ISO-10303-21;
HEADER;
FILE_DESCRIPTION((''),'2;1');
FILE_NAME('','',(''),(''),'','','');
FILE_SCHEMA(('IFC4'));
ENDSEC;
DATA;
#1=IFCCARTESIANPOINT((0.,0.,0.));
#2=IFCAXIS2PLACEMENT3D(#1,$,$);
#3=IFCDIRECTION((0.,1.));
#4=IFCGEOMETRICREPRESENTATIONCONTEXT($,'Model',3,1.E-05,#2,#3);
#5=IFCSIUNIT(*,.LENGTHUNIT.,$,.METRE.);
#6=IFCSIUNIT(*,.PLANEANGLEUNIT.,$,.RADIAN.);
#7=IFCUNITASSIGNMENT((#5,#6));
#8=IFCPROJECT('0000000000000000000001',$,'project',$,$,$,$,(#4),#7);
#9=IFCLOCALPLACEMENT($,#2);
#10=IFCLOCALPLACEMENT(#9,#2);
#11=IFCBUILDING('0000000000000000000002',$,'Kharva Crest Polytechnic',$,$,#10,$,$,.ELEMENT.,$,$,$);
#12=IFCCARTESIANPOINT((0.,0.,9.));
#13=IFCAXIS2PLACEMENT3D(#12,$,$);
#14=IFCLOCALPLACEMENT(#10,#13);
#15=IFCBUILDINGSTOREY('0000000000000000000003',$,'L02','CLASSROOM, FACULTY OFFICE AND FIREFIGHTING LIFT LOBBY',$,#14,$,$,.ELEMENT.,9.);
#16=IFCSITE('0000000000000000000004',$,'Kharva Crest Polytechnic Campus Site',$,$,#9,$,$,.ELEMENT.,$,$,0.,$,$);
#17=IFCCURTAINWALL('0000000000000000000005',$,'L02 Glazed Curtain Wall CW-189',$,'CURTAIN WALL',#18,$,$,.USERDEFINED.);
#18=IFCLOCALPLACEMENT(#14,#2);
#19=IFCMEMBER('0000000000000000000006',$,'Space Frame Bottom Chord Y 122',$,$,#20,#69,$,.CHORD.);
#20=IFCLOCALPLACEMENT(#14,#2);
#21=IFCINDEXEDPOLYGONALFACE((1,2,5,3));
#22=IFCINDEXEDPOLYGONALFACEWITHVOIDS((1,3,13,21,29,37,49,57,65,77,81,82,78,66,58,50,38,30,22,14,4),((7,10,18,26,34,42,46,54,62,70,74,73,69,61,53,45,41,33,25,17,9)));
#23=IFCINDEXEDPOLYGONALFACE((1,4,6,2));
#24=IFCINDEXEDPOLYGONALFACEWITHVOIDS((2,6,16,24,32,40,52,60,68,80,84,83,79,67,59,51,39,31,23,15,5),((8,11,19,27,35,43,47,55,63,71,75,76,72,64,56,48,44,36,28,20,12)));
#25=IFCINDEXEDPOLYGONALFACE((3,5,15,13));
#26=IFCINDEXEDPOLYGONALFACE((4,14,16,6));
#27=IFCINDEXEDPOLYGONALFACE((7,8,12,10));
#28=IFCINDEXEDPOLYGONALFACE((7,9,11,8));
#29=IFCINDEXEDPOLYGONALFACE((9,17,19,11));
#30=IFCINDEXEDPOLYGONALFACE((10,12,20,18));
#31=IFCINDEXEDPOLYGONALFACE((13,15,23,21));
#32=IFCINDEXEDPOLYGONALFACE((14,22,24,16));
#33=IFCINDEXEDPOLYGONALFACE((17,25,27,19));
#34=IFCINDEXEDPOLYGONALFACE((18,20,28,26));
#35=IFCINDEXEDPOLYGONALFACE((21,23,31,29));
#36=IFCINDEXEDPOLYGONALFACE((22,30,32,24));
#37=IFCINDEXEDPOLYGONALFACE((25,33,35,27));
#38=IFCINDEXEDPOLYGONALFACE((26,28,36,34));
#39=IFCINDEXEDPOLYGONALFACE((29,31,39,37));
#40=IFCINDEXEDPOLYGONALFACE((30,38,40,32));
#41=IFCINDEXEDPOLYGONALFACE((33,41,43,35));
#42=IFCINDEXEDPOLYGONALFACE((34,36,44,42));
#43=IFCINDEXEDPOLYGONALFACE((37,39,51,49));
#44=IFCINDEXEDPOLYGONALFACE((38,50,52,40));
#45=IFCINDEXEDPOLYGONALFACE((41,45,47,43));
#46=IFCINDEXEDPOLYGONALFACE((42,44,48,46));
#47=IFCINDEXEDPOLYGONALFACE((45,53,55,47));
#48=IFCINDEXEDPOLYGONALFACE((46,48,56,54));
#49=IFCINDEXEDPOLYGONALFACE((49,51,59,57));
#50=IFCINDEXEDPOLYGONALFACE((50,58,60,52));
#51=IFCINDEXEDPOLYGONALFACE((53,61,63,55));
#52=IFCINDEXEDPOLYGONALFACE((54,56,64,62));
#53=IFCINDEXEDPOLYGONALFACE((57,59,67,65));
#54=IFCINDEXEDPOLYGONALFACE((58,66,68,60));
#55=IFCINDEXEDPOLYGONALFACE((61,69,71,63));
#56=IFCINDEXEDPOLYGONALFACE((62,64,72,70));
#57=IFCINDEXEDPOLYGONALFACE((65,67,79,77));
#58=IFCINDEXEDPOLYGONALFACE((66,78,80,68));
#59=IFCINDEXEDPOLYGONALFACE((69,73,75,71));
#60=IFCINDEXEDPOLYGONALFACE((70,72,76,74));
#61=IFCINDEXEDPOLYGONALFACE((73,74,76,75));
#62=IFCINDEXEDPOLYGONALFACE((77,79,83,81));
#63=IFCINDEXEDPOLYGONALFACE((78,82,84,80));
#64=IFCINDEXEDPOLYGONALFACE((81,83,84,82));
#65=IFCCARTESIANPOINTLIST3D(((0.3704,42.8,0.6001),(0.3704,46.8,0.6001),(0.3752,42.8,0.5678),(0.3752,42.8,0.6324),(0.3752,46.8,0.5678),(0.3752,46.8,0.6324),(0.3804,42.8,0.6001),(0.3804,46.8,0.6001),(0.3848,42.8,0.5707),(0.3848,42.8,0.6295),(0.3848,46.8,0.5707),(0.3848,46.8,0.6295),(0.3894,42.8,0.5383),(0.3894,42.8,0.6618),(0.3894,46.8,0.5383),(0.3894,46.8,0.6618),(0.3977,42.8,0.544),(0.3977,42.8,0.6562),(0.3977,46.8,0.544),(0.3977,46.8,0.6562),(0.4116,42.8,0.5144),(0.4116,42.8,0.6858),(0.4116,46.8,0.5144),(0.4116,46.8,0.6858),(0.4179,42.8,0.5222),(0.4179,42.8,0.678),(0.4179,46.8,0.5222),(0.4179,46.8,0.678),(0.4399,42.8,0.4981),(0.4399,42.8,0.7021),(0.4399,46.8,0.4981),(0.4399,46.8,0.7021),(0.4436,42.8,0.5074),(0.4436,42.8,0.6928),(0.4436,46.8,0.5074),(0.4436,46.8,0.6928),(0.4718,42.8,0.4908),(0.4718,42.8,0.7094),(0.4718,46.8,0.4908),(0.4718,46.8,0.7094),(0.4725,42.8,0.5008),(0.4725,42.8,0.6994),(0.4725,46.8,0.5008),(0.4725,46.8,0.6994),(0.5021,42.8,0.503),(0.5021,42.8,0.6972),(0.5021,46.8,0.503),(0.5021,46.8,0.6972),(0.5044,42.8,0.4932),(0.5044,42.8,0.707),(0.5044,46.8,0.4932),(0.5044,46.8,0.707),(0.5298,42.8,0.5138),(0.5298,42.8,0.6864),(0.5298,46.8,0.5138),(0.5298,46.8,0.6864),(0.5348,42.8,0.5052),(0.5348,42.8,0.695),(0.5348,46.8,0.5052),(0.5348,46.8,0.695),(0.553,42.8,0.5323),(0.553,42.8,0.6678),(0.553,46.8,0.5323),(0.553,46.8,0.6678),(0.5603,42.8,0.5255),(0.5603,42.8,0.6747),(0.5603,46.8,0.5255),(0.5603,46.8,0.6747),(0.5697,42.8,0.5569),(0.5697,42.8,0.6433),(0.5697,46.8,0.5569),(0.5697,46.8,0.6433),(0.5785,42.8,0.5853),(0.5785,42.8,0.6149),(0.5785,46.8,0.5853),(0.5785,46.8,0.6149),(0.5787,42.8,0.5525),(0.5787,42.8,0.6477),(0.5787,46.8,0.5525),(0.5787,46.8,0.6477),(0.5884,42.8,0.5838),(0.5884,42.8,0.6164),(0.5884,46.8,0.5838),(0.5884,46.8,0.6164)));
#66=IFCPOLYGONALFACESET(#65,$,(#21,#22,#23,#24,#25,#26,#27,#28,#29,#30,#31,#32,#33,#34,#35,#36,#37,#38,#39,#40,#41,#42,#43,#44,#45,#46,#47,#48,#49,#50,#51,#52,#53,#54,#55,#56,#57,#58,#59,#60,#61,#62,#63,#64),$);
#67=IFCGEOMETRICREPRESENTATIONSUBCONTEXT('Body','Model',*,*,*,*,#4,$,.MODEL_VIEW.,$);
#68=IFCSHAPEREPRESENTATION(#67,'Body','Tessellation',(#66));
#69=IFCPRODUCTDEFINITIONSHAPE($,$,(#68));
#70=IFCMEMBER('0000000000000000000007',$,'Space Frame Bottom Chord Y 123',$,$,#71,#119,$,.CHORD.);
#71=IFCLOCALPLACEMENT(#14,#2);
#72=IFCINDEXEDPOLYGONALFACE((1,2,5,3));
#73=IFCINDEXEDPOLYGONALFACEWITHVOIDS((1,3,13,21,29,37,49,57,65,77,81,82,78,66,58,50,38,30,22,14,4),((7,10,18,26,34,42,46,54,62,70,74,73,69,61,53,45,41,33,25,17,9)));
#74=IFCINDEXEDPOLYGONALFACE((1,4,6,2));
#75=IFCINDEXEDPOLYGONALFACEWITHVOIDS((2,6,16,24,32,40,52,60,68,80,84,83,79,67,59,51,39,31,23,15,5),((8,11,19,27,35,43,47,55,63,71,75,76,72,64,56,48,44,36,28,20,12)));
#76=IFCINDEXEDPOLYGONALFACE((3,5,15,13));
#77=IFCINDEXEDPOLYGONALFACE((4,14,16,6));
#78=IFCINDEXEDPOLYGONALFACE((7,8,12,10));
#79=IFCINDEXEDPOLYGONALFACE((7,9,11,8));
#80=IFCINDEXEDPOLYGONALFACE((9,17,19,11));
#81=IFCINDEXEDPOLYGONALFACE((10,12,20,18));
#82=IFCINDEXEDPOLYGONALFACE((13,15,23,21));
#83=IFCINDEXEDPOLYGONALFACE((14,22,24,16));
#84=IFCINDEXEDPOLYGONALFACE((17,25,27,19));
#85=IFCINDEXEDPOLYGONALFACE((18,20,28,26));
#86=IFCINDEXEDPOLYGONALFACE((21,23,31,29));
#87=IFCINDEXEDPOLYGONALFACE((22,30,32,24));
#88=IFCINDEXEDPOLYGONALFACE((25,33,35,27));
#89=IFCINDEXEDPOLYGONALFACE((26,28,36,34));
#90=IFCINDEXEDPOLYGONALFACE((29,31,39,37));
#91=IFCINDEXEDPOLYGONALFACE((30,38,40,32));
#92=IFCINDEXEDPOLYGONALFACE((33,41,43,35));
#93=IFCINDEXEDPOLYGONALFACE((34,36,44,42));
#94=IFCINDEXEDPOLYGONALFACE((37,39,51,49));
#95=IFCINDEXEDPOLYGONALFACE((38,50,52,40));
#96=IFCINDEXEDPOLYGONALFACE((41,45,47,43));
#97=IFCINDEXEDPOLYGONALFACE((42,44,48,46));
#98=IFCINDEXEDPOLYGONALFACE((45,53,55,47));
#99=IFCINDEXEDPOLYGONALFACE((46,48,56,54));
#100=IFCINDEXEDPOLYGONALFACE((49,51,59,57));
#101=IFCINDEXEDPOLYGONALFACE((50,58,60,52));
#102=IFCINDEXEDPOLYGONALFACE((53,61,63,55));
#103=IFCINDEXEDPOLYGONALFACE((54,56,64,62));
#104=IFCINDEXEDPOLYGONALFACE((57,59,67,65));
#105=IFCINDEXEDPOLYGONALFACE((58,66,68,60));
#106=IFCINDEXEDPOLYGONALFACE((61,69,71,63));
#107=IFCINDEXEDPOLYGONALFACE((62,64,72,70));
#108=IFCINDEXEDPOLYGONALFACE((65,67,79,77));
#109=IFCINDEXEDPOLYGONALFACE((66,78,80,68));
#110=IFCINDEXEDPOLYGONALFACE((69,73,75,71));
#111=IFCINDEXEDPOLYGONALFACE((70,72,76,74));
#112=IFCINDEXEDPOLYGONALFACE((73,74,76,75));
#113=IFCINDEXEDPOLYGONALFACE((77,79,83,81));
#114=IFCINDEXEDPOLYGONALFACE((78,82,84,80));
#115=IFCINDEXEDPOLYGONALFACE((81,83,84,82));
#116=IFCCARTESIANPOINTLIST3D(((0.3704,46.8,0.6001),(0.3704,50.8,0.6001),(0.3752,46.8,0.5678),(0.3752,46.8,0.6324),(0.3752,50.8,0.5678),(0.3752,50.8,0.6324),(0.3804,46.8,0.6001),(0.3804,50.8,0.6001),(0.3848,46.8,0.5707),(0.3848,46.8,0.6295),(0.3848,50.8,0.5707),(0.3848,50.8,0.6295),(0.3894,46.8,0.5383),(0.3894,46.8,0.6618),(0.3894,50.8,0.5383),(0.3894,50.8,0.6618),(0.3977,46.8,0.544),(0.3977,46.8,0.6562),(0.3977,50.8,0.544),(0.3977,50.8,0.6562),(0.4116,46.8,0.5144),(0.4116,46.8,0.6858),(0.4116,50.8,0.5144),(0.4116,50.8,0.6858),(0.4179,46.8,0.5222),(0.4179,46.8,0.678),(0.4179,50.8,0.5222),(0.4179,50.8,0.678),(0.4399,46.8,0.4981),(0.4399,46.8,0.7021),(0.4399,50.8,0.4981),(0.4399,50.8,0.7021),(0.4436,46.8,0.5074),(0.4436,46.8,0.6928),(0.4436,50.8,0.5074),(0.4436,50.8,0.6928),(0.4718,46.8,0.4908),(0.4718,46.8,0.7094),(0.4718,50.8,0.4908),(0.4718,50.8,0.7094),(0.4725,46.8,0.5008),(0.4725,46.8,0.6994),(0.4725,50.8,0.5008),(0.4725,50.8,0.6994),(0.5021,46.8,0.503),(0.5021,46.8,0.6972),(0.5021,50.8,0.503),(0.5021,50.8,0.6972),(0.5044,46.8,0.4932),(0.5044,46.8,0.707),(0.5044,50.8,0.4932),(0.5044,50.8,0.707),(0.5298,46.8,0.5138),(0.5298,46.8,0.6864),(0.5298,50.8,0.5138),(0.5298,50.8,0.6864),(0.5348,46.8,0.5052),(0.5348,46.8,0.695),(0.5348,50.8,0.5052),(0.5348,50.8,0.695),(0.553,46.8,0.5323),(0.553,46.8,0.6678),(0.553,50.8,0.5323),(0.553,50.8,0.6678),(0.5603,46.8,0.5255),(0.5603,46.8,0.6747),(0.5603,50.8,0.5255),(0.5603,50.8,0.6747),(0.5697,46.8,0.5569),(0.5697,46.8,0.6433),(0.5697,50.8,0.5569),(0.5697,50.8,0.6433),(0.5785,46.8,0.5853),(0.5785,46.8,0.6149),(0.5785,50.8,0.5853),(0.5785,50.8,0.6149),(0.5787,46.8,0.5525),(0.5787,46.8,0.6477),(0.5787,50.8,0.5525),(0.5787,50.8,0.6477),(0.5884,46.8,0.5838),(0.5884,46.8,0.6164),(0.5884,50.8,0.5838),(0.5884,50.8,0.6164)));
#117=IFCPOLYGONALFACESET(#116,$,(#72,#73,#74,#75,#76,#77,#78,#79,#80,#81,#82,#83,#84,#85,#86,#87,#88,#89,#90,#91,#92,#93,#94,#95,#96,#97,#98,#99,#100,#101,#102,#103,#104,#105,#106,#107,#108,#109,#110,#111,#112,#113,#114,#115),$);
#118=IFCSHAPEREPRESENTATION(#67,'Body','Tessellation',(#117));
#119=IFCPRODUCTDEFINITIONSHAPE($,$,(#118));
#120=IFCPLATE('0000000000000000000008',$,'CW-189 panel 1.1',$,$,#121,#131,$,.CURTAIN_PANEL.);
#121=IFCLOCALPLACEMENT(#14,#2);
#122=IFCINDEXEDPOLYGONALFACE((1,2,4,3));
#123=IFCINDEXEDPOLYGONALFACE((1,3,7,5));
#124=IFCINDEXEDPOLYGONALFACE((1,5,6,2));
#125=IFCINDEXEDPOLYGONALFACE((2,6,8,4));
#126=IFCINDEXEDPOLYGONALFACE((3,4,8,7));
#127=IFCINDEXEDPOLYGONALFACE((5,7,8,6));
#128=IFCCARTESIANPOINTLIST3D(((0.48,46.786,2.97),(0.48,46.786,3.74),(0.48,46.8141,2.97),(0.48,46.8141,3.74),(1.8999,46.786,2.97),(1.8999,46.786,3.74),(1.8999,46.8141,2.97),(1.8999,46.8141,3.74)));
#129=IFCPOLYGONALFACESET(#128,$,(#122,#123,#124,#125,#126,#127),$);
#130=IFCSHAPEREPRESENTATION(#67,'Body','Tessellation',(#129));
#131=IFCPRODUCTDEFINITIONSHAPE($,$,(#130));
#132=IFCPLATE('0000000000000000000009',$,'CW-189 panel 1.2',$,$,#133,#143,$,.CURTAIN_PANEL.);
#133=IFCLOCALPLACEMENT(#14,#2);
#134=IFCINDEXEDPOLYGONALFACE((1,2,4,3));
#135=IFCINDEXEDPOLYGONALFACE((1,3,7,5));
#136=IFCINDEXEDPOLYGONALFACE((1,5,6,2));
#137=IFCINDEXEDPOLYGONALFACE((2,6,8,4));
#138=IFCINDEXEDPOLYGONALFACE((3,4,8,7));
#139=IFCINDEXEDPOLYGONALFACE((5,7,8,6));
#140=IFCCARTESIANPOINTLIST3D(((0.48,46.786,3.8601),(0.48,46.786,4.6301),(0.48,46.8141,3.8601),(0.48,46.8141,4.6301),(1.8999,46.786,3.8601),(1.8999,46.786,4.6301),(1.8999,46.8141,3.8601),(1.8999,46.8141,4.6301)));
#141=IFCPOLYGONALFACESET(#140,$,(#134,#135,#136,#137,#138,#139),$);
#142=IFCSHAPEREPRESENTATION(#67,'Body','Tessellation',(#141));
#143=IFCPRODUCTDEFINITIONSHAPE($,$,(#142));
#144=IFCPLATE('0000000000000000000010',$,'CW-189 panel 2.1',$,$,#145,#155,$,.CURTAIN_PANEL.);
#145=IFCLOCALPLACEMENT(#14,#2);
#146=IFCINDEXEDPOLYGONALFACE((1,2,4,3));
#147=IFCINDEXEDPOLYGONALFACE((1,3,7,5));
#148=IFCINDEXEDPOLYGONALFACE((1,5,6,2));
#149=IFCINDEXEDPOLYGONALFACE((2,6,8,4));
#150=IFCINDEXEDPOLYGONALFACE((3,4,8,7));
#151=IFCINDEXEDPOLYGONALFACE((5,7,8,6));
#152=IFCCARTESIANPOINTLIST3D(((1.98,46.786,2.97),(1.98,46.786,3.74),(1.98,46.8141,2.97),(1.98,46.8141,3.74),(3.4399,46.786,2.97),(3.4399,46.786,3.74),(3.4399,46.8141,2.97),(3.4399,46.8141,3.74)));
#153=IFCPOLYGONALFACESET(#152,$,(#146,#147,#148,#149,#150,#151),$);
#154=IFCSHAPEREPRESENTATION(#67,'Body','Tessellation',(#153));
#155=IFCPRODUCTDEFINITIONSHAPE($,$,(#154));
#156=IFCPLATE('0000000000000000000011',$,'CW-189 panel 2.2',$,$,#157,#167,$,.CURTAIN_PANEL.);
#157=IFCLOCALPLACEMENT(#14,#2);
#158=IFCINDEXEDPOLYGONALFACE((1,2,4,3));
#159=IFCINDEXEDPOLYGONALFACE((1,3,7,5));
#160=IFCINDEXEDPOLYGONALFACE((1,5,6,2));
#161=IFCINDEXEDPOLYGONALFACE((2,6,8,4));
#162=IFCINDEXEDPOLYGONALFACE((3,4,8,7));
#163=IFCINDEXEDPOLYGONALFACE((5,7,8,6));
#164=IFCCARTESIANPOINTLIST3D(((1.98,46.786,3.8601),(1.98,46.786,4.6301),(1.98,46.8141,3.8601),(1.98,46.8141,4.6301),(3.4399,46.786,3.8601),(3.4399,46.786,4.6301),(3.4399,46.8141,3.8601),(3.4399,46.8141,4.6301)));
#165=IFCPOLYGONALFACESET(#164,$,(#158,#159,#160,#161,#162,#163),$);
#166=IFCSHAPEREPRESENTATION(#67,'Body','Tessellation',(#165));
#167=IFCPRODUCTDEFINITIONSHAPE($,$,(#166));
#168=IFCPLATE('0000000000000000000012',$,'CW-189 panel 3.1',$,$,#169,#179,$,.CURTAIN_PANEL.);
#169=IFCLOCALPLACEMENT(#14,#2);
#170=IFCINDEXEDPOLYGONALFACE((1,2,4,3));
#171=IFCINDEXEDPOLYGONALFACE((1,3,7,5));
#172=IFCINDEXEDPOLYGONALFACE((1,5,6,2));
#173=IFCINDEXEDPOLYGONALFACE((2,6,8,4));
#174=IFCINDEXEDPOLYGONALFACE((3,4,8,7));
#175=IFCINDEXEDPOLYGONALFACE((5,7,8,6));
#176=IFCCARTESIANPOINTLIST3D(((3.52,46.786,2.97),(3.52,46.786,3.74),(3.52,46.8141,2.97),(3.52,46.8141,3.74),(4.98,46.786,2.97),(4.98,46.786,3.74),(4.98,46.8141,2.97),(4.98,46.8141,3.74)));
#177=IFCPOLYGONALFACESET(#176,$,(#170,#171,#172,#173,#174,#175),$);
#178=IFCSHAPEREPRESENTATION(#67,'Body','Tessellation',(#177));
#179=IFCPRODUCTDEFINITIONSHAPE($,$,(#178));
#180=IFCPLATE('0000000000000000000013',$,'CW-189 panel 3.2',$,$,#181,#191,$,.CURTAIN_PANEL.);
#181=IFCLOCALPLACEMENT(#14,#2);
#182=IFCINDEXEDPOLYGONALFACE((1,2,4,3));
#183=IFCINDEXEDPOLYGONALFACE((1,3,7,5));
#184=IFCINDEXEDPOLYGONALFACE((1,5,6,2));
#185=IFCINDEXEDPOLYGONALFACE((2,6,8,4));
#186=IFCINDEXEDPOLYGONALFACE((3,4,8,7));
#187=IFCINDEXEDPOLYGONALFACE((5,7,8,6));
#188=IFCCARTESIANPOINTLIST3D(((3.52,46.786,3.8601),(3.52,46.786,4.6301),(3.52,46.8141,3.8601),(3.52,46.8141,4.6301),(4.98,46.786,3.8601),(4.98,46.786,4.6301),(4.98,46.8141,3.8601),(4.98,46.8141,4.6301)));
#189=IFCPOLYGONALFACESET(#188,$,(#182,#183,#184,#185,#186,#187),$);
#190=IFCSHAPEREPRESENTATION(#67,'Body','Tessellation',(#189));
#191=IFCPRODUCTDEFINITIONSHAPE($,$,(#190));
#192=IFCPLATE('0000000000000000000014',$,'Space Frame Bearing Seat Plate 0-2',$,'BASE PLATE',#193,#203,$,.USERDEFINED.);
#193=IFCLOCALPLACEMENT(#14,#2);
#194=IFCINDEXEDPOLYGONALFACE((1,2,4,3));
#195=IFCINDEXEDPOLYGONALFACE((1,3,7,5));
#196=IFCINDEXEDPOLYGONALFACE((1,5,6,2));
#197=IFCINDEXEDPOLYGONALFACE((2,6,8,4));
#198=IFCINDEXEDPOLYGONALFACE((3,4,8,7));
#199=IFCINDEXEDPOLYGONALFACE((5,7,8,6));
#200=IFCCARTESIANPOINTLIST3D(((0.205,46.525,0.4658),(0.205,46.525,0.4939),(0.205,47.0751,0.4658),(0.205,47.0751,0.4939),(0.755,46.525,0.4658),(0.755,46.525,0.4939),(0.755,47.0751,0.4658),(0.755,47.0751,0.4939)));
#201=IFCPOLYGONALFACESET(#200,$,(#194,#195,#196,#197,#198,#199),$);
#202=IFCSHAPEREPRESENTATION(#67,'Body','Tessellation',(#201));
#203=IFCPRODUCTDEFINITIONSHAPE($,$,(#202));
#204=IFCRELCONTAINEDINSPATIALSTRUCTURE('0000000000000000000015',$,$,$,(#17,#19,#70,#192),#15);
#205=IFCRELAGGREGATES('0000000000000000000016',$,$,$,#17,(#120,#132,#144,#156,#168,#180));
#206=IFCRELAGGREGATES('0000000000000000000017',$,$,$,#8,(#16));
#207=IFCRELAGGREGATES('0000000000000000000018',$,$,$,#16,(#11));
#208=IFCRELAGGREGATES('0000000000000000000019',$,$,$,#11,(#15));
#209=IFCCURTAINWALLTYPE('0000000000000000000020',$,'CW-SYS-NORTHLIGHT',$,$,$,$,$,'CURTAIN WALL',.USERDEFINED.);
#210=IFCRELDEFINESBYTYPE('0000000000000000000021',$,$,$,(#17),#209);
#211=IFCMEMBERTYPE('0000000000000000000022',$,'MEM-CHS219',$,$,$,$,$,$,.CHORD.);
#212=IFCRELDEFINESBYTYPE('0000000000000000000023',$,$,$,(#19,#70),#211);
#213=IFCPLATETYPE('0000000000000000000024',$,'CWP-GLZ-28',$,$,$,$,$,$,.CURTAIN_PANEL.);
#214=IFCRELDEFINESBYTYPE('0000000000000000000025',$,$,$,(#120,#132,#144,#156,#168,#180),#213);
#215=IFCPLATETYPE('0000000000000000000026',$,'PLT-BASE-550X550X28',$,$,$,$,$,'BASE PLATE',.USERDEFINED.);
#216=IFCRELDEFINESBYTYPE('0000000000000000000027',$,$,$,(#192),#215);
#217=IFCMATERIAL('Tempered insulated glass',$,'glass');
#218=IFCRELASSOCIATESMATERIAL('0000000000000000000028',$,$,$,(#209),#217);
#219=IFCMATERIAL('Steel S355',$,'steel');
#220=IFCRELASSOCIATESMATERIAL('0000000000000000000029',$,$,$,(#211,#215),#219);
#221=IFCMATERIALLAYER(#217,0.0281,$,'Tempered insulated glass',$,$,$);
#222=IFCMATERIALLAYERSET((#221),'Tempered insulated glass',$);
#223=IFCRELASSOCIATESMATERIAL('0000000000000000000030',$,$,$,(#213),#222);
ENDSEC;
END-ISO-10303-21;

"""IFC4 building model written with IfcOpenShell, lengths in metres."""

from ifc_helpers import new_model, si_unit, direction, frame, origin, origin_2d, place, context, subcontext, project, spatial, rectangle, hollow_circle, extrude, material, layer, layer_set, material_profile, profile_set, type_object, element, aggregate, save


model = new_model("IFC4")

# Units and contexts
model_context = context("Model", 3, precision=1e-05, world=origin(), true_north=direction((0.0, 1.0)))
body_context = subcontext(model_context, "Body", "Model", "MODEL_VIEW")
ifc_project = project(units=[si_unit("LENGTHUNIT", "METRE"), si_unit("PLANEANGLEUNIT", "RADIAN")], contexts=[model_context])

# Site, building, storey
site_placement = place(None, origin())
site = spatial("IfcSite", under=ifc_project, at=site_placement, Name="Kharva Crest Polytechnic Campus Site", CompositionType="ELEMENT", RefElevation=0.0)
building_placement = place(site_placement, origin())
building = spatial("IfcBuilding", under=site, at=building_placement, Name="Kharva Crest Polytechnic", CompositionType="ELEMENT")
storey_placement = place(building_placement, frame((0.0, 0.0, 9.0)))
storey = spatial("IfcBuildingStorey", under=building, at=storey_placement, Name="L02", Description="CLASSROOM, FACULTY OFFICE AND FIREFIGHTING LIFT LOBBY", CompositionType="ELEMENT", Elevation=9.0)

# Curtain wall
ifc_material_1 = material(Name="Tempered insulated glass", Category="glass")
curtain_wall_type = type_object("IfcCurtainWallType", Name="CW-SYS-NORTHLIGHT", ElementType="CURTAIN WALL", PredefinedType="USERDEFINED", material=ifc_material_1)
curtain_wall_placement = place(storey_placement, origin())
curtain_wall = element("IfcCurtainWall", 1, at=curtain_wall_placement, inside=storey, type_object=curtain_wall_type, Name="L02 Glazed Curtain Wall CW-189", ObjectType="CURTAIN WALL", PredefinedType="USERDEFINED")
ifc_material_2 = material(Name="Steel S355", Category="steel")

# Members
ifc_material_profile_1 = material_profile(ifc_material_2, hollow_circle(Radius=0.1096, WallThickness=0.01, at=origin_2d()), Name="CHS 219.1X10.0")
ifc_profile_set_1 = profile_set([ifc_material_profile_1], Name="Steel S355")
member_type_1 = type_object("IfcMemberType", Name="MEM-CHS219", PredefinedType="CHORD", material=ifc_profile_set_1)
for number, where, z_axis, x_axis, name in (
    (2, (0.48, 42.8, 0.6001), (0.0, 1.0, 0.0), (-1.0, 0.0, 0.0), "Space Frame Bottom Chord Y 122"),
    (3, (0.48, 46.8, 0.6001), (0.0, 1.0, 0.0), (-1.0, 0.0, 0.0), "Space Frame Bottom Chord Y 123"),
):
    element("IfcMember", number, at=place(storey_placement, frame(where, z_axis=z_axis, x_axis=x_axis)), inside=storey, type_object=member_type_1, Name=name, PredefinedType="CHORD", context=body_context, shape_type="SweptSolid", body=[
        extrude(hollow_circle(Radius=0.1096, WallThickness=0.01, at=origin_2d()), origin(), (0.0, 0.0, 1.0), 4.0),
    ])

# Plates
ifc_layer = layer(ifc_material_1, 0.0281, Name="Tempered insulated glass")
ifc_layer_set = layer_set([ifc_layer], Name="Tempered insulated glass")
plate_type_1 = type_object("IfcPlateType", Name="CWP-GLZ-28", PredefinedType="CURTAIN_PANEL", material=ifc_layer_set)
plate_1_placement = place(storey_placement, frame((1.1899, 46.8, 2.97), z_axis=(0.0, 0.0, 1.0), x_axis=(1.0, 0.0, 0.0)))
plate_1 = element("IfcPlate", 4, at=plate_1_placement, type_object=plate_type_1, Name="CW-189 panel 1.1", PredefinedType="CURTAIN_PANEL", context=body_context, shape_type="SweptSolid", body=[
    extrude(rectangle(XDim=1.4199, YDim=0.0281, at=origin_2d()), origin(), (0.0, 0.0, 1.0), 0.77),
])
plate_2_placement = place(storey_placement, frame((1.1899, 46.8, 3.8601), z_axis=(0.0, 0.0, 1.0), x_axis=(1.0, 0.0, 0.0)))
plate_2 = element("IfcPlate", 5, at=plate_2_placement, type_object=plate_type_1, Name="CW-189 panel 1.2", PredefinedType="CURTAIN_PANEL", context=body_context, shape_type="SweptSolid", body=[
    extrude(rectangle(XDim=1.4199, YDim=0.0281, at=origin_2d()), origin(), (0.0, 0.0, 1.0), 0.77),
])
plate_3_placement = place(storey_placement, frame((2.71, 46.8, 2.97), z_axis=(0.0, 0.0, 1.0), x_axis=(1.0, 0.0, 0.0)))
plate_3 = element("IfcPlate", 6, at=plate_3_placement, type_object=plate_type_1, Name="CW-189 panel 2.1", PredefinedType="CURTAIN_PANEL", context=body_context, shape_type="SweptSolid", body=[
    extrude(rectangle(XDim=1.46, YDim=0.0281, at=origin_2d()), origin(), (0.0, 0.0, 1.0), 0.77),
])
plate_4_placement = place(storey_placement, frame((2.71, 46.8, 3.8601), z_axis=(0.0, 0.0, 1.0), x_axis=(1.0, 0.0, 0.0)))
plate_4 = element("IfcPlate", 7, at=plate_4_placement, type_object=plate_type_1, Name="CW-189 panel 2.2", PredefinedType="CURTAIN_PANEL", context=body_context, shape_type="SweptSolid", body=[
    extrude(rectangle(XDim=1.46, YDim=0.0281, at=origin_2d()), origin(), (0.0, 0.0, 1.0), 0.77),
])
plate_5_placement = place(storey_placement, frame((4.25, 46.8, 2.97), z_axis=(0.0, 0.0, 1.0), x_axis=(1.0, 0.0, 0.0)))
plate_5 = element("IfcPlate", 8, at=plate_5_placement, type_object=plate_type_1, Name="CW-189 panel 3.1", PredefinedType="CURTAIN_PANEL", context=body_context, shape_type="SweptSolid", body=[
    extrude(rectangle(XDim=1.46, YDim=0.0281, at=origin_2d()), origin(), (0.0, 0.0, 1.0), 0.77),
])
plate_6_placement = place(storey_placement, frame((4.25, 46.8, 3.8601), z_axis=(0.0, 0.0, 1.0), x_axis=(1.0, 0.0, 0.0)))
plate_6 = element("IfcPlate", 9, at=plate_6_placement, type_object=plate_type_1, Name="CW-189 panel 3.2", PredefinedType="CURTAIN_PANEL", context=body_context, shape_type="SweptSolid", body=[
    extrude(rectangle(XDim=1.46, YDim=0.0281, at=origin_2d()), origin(), (0.0, 0.0, 1.0), 0.77),
])
aggregate(curtain_wall, [plate_1, plate_2, plate_3, plate_4, plate_5, plate_6])

# Plate
plate_type_2 = type_object("IfcPlateType", Name="PLT-BASE-550X550X28", ElementType="BASE PLATE", PredefinedType="USERDEFINED", material=ifc_material_2)
plate_7_placement = place(storey_placement, frame((0.48, 46.8, 0.4658), z_axis=(0.0, 0.0, 1.0), x_axis=(1.0, 0.0, 0.0)))
element("IfcPlate", 10, at=plate_7_placement, inside=storey, type_object=plate_type_2, Name="Space Frame Bearing Seat Plate 0-2", ObjectType="BASE PLATE", PredefinedType="USERDEFINED", context=body_context, shape_type="SweptSolid", body=[
    extrude(rectangle(XDim=0.55, YDim=0.55, at=origin_2d()), origin(), (0.0, 0.0, 1.0), 0.0281),
])

save(model, "model.ifc")
